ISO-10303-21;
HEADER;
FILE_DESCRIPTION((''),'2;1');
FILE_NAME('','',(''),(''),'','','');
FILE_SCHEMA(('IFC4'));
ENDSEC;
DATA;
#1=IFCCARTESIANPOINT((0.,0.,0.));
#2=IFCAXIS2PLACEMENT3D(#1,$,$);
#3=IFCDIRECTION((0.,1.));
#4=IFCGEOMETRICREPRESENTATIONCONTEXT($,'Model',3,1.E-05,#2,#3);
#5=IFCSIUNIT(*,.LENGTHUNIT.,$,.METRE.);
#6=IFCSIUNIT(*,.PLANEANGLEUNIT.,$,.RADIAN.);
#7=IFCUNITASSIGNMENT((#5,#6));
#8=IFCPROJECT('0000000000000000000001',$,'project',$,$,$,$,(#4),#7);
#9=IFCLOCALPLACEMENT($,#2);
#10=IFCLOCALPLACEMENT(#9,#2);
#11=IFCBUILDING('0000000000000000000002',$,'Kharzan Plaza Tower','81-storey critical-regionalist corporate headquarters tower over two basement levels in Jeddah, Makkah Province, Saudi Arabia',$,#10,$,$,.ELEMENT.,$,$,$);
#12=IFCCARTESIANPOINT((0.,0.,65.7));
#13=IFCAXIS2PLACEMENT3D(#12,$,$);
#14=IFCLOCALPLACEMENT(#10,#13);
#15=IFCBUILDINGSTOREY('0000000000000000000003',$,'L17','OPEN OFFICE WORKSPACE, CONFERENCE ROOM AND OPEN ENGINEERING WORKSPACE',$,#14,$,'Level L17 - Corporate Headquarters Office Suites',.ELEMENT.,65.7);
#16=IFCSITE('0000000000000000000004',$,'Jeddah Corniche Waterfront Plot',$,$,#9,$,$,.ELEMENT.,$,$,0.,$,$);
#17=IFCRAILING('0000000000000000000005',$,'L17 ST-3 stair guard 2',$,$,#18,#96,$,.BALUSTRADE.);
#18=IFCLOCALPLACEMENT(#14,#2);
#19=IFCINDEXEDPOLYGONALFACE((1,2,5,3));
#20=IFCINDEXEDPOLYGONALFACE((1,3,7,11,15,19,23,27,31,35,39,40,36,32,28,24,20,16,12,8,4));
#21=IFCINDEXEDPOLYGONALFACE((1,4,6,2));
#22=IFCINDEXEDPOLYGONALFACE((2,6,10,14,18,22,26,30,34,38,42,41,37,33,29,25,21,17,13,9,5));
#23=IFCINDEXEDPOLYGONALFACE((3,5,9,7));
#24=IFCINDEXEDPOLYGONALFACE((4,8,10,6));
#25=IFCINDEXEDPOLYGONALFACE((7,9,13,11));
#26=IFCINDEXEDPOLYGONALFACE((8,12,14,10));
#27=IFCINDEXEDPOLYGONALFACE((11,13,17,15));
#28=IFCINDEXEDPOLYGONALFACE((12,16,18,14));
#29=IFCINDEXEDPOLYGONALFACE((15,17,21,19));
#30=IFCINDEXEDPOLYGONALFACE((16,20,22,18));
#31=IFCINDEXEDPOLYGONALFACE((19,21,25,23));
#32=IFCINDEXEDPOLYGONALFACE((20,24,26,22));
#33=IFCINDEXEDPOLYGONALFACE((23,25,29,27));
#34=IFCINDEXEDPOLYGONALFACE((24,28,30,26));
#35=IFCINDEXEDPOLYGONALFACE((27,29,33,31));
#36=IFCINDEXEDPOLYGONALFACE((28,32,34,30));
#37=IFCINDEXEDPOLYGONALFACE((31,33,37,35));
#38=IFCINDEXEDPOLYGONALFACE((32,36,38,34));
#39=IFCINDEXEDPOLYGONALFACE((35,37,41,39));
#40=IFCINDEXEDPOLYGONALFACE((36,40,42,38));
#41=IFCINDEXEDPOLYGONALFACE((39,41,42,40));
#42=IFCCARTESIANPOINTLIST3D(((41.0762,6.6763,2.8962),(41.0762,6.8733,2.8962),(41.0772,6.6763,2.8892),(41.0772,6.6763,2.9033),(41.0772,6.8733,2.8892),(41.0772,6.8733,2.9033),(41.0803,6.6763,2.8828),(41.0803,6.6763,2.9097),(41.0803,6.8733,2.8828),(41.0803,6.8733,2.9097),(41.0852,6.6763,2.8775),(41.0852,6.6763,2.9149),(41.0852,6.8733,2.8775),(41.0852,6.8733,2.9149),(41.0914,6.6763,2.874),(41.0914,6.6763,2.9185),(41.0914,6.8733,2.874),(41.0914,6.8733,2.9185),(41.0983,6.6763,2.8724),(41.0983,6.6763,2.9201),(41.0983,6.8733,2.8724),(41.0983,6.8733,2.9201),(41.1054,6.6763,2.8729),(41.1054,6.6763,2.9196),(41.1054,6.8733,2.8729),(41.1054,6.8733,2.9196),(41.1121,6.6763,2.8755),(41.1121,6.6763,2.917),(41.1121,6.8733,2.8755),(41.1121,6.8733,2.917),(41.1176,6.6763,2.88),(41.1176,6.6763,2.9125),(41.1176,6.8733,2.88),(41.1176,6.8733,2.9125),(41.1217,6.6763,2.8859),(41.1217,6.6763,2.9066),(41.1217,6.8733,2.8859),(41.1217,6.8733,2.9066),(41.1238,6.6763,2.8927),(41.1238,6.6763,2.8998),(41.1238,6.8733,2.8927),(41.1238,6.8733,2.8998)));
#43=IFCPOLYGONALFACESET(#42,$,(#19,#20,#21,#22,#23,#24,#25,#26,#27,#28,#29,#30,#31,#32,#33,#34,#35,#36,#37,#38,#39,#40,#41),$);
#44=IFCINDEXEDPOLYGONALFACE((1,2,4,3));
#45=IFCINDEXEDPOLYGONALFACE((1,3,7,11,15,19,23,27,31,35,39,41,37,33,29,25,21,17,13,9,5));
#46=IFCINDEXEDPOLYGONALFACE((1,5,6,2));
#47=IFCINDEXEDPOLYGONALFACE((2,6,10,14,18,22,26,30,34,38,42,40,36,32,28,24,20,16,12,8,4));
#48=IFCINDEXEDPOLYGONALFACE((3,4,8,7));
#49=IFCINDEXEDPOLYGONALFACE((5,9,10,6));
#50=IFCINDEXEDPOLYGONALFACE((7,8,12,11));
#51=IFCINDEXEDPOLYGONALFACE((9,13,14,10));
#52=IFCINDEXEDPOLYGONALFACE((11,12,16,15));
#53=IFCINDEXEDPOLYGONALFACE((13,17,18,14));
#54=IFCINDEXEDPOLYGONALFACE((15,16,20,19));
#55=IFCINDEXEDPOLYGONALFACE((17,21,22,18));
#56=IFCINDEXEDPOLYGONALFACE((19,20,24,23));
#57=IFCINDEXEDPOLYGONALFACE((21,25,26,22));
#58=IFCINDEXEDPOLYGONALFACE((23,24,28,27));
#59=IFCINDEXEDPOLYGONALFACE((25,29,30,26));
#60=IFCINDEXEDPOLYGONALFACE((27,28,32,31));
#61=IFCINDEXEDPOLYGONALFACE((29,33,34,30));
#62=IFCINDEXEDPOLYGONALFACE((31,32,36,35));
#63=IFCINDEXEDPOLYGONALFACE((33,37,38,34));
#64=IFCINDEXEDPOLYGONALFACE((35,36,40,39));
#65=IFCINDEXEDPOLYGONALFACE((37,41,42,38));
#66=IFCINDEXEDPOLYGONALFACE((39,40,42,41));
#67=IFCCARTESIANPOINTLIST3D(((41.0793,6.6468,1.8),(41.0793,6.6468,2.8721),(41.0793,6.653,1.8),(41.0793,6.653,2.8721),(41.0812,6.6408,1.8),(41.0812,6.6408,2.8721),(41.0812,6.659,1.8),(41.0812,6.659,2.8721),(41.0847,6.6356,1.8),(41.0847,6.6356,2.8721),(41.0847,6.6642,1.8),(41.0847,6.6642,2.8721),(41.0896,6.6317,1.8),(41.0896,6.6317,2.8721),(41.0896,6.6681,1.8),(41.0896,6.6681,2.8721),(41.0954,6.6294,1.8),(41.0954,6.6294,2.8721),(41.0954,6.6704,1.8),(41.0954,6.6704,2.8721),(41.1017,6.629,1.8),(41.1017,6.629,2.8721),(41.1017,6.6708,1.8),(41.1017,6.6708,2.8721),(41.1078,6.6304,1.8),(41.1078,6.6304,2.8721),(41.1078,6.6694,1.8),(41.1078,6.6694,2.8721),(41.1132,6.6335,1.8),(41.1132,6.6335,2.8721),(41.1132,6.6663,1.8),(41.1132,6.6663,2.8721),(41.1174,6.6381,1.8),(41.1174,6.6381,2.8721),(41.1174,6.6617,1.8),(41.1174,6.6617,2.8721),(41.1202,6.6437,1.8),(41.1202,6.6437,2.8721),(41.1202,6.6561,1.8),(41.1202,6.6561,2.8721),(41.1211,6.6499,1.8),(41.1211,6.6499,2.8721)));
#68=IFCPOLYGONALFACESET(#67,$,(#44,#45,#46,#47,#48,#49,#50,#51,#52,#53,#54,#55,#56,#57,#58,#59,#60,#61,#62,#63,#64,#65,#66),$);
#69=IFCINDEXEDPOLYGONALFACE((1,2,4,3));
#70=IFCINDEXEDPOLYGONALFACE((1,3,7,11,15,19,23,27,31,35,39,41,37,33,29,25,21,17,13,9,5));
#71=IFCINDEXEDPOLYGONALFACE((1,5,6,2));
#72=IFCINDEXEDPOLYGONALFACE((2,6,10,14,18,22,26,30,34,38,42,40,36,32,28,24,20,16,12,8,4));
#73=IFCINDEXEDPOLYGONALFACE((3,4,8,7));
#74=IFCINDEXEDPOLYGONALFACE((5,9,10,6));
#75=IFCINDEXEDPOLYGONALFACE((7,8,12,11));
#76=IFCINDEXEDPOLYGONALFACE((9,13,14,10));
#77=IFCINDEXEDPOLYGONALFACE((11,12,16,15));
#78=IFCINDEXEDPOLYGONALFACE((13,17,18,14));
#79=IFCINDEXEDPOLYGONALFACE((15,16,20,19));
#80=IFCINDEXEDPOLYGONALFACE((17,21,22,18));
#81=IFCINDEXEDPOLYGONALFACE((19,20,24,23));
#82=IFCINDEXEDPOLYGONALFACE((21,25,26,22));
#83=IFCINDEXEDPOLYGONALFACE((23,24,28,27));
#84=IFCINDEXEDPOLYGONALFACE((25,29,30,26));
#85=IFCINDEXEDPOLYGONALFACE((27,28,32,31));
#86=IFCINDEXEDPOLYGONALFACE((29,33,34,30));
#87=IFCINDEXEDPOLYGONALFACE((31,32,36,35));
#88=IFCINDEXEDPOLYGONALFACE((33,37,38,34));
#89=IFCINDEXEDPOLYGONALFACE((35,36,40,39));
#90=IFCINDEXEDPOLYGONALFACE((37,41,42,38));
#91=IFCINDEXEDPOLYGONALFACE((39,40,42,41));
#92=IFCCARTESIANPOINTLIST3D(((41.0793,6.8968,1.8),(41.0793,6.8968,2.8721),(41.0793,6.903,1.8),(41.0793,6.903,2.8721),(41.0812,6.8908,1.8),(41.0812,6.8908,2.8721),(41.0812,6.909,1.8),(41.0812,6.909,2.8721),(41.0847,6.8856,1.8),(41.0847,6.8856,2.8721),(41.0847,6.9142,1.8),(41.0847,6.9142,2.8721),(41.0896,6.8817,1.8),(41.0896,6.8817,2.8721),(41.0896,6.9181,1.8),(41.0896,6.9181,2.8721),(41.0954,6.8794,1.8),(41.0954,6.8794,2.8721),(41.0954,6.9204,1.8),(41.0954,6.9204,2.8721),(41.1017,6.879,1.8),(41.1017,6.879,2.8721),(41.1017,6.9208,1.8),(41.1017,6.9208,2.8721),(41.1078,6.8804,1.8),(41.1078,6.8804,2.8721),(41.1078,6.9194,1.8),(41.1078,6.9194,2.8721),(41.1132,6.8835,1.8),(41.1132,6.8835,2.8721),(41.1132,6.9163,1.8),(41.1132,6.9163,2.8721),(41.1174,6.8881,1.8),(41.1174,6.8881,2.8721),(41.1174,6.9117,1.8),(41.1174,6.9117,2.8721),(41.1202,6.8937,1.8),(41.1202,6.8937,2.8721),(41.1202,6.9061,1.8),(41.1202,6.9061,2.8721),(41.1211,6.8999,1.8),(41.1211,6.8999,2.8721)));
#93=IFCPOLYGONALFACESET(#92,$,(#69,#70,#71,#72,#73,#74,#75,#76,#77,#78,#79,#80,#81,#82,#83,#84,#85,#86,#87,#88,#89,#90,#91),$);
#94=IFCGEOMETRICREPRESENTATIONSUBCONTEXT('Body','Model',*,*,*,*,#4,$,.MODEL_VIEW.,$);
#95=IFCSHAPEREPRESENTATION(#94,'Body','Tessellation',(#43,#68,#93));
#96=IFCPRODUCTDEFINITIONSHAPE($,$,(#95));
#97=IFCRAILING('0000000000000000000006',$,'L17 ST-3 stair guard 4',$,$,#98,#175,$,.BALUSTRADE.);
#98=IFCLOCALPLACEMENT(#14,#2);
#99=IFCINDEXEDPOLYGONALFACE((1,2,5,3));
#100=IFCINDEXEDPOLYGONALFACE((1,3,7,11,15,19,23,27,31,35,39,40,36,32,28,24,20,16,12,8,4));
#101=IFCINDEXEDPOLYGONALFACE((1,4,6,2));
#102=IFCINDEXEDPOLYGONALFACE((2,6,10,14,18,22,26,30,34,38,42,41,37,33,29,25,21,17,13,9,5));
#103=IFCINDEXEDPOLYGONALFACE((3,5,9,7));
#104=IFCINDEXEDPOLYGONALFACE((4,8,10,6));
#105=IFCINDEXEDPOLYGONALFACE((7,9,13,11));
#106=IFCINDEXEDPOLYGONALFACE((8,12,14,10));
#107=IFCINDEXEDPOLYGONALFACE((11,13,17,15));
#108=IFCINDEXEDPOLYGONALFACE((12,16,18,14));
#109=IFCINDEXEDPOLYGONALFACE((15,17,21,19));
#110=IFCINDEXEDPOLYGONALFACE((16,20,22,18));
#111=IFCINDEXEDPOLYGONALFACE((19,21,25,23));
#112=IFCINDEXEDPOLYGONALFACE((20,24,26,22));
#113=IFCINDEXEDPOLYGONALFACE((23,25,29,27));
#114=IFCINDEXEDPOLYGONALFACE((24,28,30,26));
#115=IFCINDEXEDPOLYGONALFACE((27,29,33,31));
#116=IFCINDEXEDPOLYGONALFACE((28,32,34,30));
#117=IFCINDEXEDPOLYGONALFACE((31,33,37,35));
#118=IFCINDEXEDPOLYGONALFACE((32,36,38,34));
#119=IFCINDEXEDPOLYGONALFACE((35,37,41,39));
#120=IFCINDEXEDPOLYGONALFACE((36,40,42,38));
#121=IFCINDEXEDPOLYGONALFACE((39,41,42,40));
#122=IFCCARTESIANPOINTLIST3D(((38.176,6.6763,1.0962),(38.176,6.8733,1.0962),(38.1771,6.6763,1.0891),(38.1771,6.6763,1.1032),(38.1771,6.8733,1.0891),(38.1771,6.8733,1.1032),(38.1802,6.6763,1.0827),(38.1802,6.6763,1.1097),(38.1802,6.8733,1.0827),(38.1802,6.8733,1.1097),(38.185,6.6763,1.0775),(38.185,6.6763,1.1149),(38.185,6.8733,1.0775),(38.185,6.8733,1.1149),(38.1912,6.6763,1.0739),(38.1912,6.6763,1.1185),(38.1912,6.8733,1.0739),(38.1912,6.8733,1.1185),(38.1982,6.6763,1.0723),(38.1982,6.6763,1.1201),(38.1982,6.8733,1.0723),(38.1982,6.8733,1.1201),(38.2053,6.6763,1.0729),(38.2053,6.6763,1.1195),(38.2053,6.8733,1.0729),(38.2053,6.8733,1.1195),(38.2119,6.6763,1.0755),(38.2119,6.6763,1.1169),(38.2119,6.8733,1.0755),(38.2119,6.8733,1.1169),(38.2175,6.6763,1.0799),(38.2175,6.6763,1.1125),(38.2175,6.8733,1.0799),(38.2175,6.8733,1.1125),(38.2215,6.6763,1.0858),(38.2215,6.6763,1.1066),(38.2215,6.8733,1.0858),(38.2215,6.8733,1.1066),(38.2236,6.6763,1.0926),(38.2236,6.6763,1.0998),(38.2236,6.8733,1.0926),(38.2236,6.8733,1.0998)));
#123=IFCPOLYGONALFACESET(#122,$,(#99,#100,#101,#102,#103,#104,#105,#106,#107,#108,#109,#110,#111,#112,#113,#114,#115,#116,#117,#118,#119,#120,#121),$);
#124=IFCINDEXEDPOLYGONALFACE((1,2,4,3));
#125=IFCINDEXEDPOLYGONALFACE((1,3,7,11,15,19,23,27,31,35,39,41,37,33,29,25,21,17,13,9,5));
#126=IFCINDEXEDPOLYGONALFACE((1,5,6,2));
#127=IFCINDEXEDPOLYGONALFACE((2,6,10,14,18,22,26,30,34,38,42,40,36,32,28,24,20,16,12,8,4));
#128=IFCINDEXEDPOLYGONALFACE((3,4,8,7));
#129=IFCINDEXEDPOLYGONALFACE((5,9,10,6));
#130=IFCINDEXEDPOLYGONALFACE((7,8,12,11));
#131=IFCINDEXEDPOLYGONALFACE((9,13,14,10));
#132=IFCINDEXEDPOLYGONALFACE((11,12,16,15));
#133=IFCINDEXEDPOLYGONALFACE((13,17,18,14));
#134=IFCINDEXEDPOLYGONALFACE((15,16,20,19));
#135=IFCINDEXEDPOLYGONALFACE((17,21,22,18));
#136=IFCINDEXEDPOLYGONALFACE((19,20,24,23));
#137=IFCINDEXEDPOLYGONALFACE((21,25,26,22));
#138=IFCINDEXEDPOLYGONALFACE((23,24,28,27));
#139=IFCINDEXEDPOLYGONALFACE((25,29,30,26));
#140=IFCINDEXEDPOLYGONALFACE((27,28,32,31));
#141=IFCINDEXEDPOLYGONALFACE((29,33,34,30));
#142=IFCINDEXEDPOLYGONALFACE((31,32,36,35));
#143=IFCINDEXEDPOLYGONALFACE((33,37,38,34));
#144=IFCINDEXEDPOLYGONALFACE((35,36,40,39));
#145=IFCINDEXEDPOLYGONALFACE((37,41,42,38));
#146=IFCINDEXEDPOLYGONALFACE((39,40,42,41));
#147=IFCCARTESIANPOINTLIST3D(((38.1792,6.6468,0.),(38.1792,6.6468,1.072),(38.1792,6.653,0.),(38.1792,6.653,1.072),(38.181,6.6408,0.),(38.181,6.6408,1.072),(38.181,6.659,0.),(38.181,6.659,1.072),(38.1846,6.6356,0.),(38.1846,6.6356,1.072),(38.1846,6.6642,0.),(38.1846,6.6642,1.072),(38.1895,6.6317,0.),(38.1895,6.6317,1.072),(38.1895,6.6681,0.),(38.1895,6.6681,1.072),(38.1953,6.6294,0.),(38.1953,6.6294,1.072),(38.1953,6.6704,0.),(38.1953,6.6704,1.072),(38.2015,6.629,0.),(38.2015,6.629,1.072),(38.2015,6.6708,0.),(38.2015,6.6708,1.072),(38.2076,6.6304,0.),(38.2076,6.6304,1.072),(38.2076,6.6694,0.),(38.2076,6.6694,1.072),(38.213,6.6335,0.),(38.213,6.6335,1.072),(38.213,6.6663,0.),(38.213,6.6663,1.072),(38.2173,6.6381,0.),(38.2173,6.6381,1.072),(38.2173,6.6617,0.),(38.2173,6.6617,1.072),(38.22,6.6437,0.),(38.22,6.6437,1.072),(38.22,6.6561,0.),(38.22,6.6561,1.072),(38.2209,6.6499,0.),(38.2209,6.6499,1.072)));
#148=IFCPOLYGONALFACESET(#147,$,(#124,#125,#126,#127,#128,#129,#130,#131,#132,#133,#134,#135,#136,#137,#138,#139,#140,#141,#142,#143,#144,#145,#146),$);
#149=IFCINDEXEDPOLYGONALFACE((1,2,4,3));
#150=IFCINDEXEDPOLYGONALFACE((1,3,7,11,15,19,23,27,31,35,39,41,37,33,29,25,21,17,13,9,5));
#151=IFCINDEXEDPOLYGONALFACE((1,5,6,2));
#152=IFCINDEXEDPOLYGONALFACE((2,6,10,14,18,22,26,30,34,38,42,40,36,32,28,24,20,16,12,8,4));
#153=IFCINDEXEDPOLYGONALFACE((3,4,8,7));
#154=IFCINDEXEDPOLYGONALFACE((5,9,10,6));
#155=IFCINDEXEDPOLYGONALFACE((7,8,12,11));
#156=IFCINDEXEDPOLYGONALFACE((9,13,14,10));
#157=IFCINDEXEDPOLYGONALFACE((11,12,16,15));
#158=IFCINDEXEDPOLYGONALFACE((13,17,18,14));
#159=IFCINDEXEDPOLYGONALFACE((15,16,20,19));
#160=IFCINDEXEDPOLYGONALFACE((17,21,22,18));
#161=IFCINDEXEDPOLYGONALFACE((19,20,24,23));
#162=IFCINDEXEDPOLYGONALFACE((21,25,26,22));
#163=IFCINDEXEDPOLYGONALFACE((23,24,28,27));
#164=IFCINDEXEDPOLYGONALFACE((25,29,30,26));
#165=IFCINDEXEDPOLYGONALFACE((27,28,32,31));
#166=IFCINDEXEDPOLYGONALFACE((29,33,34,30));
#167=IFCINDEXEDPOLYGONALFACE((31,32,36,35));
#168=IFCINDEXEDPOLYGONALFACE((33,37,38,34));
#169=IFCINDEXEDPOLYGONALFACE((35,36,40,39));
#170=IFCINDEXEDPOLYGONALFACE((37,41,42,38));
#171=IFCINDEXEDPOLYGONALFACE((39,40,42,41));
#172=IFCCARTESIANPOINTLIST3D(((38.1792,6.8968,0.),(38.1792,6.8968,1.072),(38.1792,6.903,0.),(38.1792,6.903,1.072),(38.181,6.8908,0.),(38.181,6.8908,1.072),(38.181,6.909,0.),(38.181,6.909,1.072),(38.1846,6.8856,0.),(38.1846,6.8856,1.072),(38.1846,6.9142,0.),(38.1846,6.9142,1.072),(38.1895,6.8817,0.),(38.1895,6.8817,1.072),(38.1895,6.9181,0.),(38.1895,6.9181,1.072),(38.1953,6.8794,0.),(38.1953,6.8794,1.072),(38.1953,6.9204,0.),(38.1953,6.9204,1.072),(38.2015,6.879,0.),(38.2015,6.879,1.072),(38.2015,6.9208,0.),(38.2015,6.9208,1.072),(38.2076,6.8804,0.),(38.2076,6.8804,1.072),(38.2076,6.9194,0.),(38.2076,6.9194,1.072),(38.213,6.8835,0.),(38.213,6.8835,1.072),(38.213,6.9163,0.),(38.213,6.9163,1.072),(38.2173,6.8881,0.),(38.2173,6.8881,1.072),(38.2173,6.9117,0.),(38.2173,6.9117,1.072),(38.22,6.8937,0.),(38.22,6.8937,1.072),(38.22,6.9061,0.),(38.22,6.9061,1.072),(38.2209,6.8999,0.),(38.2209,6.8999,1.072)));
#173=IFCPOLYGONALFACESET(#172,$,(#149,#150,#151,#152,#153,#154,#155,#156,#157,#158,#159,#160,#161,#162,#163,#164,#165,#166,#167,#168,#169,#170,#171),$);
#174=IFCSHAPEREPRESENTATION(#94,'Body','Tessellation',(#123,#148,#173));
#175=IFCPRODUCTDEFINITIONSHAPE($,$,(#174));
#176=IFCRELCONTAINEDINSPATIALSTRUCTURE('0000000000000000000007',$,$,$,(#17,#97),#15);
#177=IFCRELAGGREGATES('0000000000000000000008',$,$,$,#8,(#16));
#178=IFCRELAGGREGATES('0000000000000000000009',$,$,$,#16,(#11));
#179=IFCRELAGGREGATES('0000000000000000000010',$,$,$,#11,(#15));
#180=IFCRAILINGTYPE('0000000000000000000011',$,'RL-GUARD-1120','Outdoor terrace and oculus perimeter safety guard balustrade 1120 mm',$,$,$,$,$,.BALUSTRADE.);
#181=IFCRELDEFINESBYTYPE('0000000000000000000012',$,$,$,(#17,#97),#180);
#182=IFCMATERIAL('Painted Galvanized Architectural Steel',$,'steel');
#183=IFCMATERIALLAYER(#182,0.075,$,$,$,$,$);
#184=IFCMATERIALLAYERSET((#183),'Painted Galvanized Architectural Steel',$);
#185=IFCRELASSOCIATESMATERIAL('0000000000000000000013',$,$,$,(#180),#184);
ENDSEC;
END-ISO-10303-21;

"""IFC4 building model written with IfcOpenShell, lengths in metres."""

from ifc_helpers import new_model, si_unit, direction, frame, origin, origin_2d, place, context, subcontext, project, spatial, circle, extrude, source, transform, mapped, material, layer, layer_set, type_object, element, save


model = new_model("IFC4")

# Units and contexts
model_context = context("Model", 3, precision=1e-05, world=origin(), true_north=direction((0.0, 1.0)))
body_context = subcontext(model_context, "Body", "Model", "MODEL_VIEW")
ifc_project = project(units=[si_unit("LENGTHUNIT", "METRE"), si_unit("PLANEANGLEUNIT", "RADIAN")], contexts=[model_context])

# Site, building, storey
site_placement = place(None, origin())
site = spatial("IfcSite", under=ifc_project, at=site_placement, Name="Jeddah Corniche Waterfront Plot", CompositionType="ELEMENT", RefElevation=0.0)
building_placement = place(site_placement, origin())
building = spatial("IfcBuilding", under=site, at=building_placement, Name="Kharzan Plaza Tower", Description="81-storey critical-regionalist corporate headquarters tower over two basement levels in Jeddah, Makkah Province, Saudi Arabia", CompositionType="ELEMENT")
storey_placement = place(building_placement, frame((0.0, 0.0, 65.7)))
storey = spatial("IfcBuildingStorey", under=building, at=storey_placement, Name="L17", Description="OPEN OFFICE WORKSPACE, CONFERENCE ROOM AND OPEN ENGINEERING WORKSPACE", LongName="Level L17 - Corporate Headquarters Office Suites", CompositionType="ELEMENT", Elevation=65.7)

# Railings
ifc_material_1 = material(Name="Painted Galvanized Architectural Steel", Category="steel")
ifc_layer_1 = layer(ifc_material_1, 0.075)
ifc_layer_set_1 = layer_set([ifc_layer_1], Name="Painted Galvanized Architectural Steel")
railing_type_1 = type_object("IfcRailingType", Name="RL-GUARD-1120", Description="Outdoor terrace and oculus perimeter safety guard balustrade 1120 mm", PredefinedType="BALUSTRADE", material=ifc_layer_set_1)
shared_shape_1 = source(origin(), body_context, "Body", "SweptSolid", [
    extrude(circle(Radius=0.0239, at=origin_2d()), frame((0.0, 0.0264, 1.0962), z_axis=(0.0, 1.0, 0.0), x_axis=(-1.0, 0.0, 0.0)), (0.0, 0.0, 1.0), 0.197),
    extrude(circle(Radius=0.021, at=origin_2d()), origin(), (0.0, 0.0, 1.0), 1.072),
    extrude(circle(Radius=0.021, at=origin_2d()), frame((0.0, 0.25, 0.0)), (0.0, 0.0, 1.0), 1.072),
])
for number, where, name in (
    (1, (41.1001, 6.6499, 1.8), "L17 ST-3 stair guard 2"),
    (2, (38.2, 6.6499, 0.0), "L17 ST-3 stair guard 4"),
):
    element("IfcRailing", number, at=place(storey_placement, frame(where)), inside=storey, type_object=railing_type_1, Name=name, PredefinedType="BALUSTRADE", context=body_context, shape_type="MappedRepresentation", body=[
        mapped(shared_shape_1, transform((0.0, 0.0, 0.0), x_axis=(1.0, 0.0, 0.0), y_axis=(0.0, 1.0, 0.0), z_axis=(0.0, 0.0, 1.0))),
    ])

save(model, "model.ifc")
